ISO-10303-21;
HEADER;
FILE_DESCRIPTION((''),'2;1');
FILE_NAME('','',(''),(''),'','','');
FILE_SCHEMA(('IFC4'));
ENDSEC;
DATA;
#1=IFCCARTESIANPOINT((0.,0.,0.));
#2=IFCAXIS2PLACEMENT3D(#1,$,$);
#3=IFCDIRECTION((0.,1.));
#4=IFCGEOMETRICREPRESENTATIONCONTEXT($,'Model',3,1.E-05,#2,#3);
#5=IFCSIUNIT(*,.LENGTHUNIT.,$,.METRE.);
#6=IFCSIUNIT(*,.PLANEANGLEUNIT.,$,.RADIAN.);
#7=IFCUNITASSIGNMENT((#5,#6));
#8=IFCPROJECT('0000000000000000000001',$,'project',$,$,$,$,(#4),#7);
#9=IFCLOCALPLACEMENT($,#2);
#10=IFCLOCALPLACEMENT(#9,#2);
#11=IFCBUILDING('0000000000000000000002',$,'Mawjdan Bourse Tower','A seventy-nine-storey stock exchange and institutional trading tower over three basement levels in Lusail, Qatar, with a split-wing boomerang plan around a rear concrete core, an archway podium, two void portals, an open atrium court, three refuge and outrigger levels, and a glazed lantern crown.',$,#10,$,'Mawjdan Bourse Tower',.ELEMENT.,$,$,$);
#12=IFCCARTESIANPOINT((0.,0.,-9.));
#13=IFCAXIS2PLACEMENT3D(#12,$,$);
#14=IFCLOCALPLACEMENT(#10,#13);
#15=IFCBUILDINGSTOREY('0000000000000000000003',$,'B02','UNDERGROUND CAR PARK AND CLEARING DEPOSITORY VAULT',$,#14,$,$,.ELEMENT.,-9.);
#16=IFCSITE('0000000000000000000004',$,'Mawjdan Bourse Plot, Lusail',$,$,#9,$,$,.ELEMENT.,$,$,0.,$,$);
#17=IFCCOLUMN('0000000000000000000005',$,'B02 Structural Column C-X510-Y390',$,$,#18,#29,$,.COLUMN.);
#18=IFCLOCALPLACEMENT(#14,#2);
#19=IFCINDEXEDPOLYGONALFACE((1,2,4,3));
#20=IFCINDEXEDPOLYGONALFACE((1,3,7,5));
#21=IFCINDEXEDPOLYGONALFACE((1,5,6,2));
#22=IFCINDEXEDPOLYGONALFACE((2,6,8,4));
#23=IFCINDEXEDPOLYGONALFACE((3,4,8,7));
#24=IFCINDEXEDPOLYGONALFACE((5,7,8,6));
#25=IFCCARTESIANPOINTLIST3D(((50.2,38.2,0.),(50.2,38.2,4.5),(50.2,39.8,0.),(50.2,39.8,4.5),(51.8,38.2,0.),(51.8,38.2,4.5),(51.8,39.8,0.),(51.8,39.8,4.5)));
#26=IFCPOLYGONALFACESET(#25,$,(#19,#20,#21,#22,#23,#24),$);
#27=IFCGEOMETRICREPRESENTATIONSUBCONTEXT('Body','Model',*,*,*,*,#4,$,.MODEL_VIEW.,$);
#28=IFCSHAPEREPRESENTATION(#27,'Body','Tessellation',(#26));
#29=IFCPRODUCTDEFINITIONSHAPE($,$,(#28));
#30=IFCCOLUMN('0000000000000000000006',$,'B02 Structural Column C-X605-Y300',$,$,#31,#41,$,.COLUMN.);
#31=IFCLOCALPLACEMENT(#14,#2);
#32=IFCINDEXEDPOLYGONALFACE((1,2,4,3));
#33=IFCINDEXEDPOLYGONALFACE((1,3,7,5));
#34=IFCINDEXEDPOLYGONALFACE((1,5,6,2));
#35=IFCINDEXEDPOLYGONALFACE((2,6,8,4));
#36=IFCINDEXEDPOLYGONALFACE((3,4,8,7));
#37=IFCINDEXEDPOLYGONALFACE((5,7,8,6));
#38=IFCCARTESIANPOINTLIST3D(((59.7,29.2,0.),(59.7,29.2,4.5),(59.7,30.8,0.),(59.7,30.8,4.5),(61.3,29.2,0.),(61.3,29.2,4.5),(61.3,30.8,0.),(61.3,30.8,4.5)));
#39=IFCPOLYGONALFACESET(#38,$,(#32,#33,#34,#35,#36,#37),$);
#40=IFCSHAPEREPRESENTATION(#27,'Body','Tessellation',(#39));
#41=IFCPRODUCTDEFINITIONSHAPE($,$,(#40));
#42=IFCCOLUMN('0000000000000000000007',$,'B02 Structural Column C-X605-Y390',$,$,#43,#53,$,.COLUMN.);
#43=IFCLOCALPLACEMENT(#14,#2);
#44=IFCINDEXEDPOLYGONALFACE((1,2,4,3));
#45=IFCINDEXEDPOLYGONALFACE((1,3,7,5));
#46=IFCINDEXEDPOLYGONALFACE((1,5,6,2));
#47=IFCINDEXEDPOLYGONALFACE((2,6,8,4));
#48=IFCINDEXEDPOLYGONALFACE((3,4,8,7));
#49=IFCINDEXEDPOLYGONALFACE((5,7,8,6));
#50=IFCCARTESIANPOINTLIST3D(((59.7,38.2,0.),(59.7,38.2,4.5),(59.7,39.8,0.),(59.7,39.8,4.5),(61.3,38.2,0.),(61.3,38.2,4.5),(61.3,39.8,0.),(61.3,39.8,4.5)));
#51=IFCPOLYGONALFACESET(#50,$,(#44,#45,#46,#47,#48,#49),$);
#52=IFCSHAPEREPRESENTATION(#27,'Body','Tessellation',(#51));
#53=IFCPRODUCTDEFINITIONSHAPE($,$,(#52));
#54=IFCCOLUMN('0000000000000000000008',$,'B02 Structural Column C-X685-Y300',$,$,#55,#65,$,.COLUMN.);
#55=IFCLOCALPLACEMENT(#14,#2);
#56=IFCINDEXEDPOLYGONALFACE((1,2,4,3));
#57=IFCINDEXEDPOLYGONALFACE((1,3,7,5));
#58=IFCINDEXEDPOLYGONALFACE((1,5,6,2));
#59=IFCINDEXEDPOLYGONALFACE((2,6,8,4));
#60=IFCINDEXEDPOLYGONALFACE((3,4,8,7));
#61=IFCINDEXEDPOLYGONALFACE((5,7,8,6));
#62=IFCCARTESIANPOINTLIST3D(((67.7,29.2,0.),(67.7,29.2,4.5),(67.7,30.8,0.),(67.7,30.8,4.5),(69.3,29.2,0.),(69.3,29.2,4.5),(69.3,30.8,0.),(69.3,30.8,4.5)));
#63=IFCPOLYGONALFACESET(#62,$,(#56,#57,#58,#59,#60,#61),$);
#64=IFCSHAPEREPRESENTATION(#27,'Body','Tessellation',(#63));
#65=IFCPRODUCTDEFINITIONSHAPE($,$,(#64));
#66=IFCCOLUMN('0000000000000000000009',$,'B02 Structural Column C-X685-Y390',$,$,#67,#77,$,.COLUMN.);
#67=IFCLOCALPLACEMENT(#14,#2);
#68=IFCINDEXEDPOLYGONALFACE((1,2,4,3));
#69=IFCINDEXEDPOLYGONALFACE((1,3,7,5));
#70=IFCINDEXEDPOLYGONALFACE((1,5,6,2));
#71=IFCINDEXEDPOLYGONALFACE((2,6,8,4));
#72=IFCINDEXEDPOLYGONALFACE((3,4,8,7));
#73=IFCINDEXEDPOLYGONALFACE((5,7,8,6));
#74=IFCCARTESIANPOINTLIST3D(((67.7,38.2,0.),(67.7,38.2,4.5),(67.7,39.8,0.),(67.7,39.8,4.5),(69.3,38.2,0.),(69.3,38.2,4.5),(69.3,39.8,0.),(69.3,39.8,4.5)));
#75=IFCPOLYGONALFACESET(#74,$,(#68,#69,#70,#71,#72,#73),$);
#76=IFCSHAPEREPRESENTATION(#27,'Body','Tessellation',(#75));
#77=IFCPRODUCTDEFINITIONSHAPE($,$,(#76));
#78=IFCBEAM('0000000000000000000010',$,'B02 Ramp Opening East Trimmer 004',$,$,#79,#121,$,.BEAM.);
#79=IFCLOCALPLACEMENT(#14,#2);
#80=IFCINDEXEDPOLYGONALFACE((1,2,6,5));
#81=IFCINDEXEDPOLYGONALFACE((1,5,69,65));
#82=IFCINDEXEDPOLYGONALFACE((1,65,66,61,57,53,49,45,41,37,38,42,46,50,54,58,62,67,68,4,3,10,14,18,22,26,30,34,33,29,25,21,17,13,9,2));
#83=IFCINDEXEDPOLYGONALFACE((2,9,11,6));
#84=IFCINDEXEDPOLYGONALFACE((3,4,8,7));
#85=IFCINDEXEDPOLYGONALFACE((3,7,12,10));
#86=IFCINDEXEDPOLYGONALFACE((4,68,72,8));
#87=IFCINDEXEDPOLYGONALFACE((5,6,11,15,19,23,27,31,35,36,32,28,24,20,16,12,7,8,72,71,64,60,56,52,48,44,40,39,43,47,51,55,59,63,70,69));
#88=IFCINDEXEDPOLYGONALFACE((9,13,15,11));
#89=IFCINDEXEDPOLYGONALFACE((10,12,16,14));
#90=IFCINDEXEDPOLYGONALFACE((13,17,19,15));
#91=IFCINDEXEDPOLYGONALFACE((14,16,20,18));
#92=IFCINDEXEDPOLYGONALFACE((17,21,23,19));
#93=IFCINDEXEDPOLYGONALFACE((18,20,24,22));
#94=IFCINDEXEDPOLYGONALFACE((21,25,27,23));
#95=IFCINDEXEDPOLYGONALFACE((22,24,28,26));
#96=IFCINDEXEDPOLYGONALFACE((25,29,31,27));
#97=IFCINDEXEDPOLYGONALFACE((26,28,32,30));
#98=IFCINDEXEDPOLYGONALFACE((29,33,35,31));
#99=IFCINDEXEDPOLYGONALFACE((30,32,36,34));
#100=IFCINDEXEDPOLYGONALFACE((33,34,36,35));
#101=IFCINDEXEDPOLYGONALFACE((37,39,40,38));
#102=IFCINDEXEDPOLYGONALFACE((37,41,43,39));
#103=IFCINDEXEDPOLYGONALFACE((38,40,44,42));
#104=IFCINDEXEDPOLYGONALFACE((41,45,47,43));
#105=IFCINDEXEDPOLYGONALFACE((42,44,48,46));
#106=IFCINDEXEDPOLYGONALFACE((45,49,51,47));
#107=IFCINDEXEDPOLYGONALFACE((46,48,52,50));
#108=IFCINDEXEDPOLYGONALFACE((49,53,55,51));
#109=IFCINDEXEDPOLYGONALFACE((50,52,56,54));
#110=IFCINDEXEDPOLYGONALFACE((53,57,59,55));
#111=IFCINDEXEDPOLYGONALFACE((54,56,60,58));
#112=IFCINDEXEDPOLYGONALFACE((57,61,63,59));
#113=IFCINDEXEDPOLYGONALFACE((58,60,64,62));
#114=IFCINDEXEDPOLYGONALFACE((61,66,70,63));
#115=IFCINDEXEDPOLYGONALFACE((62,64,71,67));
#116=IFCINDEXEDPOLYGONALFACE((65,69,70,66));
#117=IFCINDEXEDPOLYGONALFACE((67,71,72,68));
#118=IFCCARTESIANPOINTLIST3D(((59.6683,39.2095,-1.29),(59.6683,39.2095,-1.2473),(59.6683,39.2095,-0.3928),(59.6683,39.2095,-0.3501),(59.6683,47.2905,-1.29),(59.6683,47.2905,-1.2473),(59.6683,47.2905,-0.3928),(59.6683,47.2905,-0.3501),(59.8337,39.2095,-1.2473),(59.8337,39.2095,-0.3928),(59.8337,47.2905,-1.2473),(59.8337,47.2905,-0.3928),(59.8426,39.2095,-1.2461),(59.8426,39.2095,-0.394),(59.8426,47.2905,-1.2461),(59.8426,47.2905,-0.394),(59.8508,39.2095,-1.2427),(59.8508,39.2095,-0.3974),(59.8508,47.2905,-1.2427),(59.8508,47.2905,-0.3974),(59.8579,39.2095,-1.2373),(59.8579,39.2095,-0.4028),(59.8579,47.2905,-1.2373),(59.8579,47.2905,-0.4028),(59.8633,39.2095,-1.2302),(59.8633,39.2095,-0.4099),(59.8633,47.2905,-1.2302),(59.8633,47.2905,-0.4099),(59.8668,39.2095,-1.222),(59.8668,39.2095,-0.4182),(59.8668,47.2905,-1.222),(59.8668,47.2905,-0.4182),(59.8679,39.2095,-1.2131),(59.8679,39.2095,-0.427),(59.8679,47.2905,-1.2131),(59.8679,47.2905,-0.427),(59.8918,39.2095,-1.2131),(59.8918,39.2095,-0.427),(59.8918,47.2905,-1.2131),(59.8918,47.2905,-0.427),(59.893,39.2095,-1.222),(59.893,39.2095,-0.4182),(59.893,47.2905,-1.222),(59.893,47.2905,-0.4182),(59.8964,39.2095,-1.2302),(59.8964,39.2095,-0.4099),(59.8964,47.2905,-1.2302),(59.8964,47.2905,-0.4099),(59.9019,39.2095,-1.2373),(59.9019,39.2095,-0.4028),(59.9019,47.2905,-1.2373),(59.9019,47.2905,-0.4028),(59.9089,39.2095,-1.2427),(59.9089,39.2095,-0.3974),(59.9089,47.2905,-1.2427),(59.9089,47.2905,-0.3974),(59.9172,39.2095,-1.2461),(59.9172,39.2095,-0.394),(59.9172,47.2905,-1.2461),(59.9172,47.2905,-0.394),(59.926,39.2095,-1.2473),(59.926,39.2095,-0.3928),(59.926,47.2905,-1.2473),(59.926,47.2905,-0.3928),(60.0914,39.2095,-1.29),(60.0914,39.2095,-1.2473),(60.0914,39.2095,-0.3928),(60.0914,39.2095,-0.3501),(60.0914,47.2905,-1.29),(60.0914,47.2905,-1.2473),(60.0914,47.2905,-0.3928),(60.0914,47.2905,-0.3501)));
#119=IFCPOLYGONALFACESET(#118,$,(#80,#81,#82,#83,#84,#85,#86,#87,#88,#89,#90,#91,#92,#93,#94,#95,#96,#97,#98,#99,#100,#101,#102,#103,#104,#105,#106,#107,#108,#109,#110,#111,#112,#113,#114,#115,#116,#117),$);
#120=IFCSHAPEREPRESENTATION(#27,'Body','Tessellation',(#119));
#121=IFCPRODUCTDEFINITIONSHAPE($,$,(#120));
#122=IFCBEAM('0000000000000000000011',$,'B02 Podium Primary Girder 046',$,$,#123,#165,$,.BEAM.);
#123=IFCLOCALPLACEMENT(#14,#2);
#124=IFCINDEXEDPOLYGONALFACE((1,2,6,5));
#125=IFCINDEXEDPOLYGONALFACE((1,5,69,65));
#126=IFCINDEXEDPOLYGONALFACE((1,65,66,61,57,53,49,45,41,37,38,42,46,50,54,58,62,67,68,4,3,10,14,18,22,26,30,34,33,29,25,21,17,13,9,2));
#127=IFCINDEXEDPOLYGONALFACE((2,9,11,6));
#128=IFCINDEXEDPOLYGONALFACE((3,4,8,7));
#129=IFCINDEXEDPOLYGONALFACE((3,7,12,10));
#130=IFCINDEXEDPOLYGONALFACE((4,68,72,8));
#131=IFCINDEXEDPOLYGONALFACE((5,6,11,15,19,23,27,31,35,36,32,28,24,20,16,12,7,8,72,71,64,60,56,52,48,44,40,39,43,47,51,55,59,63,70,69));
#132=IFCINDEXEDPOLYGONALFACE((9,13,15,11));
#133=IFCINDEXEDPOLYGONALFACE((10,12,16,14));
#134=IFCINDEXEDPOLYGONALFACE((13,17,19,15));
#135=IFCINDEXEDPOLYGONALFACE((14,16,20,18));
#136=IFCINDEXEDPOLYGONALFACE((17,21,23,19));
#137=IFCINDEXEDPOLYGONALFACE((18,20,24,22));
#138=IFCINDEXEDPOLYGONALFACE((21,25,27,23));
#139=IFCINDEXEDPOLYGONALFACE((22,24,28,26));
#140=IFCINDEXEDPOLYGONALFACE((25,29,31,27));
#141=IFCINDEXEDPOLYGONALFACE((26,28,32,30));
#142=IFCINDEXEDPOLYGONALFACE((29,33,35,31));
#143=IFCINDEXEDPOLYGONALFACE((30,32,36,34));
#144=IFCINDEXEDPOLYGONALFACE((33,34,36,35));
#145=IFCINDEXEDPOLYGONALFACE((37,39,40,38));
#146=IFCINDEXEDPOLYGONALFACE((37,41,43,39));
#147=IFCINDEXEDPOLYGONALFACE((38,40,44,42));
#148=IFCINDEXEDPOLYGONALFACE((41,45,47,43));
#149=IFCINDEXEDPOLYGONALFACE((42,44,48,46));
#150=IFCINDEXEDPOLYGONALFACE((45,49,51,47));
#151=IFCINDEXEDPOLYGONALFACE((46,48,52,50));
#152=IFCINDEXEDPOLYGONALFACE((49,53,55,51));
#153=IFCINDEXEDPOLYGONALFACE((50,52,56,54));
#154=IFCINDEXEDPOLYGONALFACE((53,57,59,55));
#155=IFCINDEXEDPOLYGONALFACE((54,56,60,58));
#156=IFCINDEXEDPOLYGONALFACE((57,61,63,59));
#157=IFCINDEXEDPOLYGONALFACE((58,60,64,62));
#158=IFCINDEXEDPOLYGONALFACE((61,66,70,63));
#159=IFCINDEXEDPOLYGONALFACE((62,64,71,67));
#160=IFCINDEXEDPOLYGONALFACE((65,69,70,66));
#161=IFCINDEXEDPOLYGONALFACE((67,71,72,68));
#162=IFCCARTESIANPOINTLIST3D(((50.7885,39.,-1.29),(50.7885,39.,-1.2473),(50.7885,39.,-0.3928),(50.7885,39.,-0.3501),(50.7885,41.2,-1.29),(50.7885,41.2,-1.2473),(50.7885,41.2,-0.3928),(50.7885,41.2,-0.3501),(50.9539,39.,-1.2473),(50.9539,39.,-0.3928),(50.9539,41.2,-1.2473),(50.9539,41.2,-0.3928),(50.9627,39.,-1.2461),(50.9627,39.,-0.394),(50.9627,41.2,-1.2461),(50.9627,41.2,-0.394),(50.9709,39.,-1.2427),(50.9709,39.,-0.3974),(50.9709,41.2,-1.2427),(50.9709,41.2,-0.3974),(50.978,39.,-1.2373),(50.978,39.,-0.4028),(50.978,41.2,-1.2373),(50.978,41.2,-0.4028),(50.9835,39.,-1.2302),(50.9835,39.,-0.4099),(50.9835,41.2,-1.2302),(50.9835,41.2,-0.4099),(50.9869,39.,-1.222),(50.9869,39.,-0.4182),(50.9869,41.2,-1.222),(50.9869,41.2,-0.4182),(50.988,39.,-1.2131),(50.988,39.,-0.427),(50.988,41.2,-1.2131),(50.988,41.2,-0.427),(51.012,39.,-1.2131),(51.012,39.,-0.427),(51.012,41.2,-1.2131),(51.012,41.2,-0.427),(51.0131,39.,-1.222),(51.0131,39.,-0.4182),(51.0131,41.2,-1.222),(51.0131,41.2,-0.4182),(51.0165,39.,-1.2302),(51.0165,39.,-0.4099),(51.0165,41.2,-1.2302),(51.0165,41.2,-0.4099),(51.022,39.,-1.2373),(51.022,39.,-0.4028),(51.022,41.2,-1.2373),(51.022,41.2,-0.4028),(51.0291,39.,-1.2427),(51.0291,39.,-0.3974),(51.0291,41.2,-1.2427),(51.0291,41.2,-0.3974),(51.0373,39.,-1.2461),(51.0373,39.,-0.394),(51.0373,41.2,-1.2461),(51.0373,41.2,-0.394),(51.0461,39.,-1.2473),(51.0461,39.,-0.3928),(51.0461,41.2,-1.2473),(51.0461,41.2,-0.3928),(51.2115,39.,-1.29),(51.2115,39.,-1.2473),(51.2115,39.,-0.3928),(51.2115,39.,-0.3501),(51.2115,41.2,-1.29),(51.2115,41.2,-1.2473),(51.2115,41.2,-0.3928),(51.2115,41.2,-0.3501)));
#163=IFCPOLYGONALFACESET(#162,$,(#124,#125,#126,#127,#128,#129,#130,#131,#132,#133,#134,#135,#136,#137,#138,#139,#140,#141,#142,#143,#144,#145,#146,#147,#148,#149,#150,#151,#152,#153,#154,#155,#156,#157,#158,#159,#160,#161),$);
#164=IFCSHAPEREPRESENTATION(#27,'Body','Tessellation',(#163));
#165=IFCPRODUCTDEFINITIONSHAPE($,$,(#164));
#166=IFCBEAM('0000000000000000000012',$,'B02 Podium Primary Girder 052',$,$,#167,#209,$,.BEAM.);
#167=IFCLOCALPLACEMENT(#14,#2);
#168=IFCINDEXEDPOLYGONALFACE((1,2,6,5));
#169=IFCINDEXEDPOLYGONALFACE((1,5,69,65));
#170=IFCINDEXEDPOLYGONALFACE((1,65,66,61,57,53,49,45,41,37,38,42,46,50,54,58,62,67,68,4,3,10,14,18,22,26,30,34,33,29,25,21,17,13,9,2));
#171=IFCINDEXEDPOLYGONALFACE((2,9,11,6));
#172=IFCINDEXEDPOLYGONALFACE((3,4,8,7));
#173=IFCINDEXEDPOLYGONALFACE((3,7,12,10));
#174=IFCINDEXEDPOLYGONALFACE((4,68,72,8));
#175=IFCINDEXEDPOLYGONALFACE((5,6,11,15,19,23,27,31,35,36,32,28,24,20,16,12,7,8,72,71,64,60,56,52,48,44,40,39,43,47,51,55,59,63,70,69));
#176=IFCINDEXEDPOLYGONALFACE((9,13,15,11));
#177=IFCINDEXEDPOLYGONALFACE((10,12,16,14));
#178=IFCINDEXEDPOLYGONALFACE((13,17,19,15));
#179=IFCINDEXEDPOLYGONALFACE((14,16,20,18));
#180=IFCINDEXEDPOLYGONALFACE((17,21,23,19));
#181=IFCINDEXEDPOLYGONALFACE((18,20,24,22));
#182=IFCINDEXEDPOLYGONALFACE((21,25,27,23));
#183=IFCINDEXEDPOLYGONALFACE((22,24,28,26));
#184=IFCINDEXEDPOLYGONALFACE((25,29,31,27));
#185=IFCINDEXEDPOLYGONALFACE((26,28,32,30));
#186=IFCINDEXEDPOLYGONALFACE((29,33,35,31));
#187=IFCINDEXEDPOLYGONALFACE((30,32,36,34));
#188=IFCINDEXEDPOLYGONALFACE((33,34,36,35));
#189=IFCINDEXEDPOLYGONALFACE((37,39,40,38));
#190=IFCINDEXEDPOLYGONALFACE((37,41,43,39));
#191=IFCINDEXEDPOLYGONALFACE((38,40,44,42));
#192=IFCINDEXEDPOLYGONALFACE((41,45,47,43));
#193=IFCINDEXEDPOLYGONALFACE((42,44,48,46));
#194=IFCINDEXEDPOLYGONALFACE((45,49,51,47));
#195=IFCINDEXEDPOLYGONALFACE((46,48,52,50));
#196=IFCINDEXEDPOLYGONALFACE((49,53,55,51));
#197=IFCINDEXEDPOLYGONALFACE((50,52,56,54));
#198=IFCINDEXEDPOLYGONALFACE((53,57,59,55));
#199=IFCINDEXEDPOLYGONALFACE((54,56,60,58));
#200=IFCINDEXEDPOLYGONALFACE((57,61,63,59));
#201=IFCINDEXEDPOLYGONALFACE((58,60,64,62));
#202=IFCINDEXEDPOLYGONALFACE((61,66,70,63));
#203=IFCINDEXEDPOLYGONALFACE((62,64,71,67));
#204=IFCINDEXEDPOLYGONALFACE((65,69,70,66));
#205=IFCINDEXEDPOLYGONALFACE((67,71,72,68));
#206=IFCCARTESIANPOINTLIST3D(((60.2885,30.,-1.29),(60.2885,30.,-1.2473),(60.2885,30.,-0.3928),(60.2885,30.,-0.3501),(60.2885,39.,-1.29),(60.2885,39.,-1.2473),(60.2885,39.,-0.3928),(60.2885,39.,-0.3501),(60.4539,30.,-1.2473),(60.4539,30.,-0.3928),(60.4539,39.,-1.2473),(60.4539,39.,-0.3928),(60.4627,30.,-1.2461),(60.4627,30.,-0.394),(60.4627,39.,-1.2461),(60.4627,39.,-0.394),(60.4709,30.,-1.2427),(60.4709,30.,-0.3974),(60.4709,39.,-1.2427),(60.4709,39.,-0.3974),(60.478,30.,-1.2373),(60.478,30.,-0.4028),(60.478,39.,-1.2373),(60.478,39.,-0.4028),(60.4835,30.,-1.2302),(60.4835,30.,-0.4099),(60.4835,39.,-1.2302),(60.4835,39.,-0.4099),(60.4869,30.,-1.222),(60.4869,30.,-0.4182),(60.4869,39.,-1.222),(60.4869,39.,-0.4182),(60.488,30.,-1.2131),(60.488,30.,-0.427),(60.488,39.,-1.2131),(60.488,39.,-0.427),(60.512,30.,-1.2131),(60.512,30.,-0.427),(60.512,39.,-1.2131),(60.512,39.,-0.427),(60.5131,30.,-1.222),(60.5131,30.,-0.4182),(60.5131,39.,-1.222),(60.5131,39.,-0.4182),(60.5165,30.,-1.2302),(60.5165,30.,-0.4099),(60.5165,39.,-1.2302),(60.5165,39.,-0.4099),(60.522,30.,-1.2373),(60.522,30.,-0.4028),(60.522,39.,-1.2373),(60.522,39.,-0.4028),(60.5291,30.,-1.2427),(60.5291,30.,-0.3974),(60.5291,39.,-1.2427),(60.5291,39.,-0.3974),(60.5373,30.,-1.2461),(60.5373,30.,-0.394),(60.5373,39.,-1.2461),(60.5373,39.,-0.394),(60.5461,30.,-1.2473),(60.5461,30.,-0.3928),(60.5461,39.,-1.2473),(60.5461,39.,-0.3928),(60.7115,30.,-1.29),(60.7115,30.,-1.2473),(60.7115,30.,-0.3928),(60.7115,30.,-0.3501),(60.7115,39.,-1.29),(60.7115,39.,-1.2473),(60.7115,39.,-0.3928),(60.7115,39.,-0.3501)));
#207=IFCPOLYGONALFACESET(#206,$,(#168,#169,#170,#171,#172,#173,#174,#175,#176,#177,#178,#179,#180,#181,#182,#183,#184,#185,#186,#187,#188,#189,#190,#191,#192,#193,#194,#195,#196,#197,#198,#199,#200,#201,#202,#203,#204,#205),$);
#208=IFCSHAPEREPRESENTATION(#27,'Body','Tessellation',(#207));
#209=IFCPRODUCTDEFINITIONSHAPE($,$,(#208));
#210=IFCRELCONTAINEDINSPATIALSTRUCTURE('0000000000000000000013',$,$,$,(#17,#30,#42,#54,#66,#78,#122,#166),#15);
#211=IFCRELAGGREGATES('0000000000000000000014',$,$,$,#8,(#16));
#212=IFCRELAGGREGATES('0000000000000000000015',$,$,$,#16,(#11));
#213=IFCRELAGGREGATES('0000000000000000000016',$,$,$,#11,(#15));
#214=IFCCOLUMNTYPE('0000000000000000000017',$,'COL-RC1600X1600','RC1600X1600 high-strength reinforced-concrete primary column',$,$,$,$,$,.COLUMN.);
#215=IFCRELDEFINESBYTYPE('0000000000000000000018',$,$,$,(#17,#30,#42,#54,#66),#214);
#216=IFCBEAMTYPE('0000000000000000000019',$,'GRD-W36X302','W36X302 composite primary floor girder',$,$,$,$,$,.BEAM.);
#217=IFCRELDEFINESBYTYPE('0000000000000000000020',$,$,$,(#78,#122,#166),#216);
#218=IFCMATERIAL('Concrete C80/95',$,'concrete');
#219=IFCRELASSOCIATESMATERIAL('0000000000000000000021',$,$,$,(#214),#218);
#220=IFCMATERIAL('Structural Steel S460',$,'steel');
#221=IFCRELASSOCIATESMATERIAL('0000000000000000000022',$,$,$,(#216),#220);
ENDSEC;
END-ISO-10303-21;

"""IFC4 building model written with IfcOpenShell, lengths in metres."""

from ifc_helpers import new_model, si_unit, direction, frame, origin, origin_2d, place, context, subcontext, project, spatial, rectangle, i_section, extrude, material, material_profile, profile_set, type_object, element, save


model = new_model("IFC4")

# Units and contexts
model_context = context("Model", 3, precision=1e-05, world=origin(), true_north=direction((0.0, 1.0)))
body_context = subcontext(model_context, "Body", "Model", "MODEL_VIEW")
ifc_project = project(units=[si_unit("LENGTHUNIT", "METRE"), si_unit("PLANEANGLEUNIT", "RADIAN")], contexts=[model_context])

# Site, building, storey
site_placement = place(None, origin())
site = spatial("IfcSite", under=ifc_project, at=site_placement, Name="Mawjdan Bourse Plot, Lusail", CompositionType="ELEMENT", RefElevation=0.0)
building_placement = place(site_placement, origin())
building = spatial("IfcBuilding", under=site, at=building_placement, Name="Mawjdan Bourse Tower", Description="A seventy-nine-storey stock exchange and institutional trading tower over three basement levels in Lusail, Qatar, with a split-wing boomerang plan around a rear concrete core, an archway podium, two void portals, an open atrium court, three refuge and outrigger levels, and a glazed lantern crown.", LongName="Mawjdan Bourse Tower", CompositionType="ELEMENT")
storey_placement = place(building_placement, frame((0.0, 0.0, -9.0)))
storey = spatial("IfcBuildingStorey", under=building, at=storey_placement, Name="B02", Description="UNDERGROUND CAR PARK AND CLEARING DEPOSITORY VAULT", CompositionType="ELEMENT", Elevation=-9.0)

# Columns
ifc_material_1 = material(Name="Concrete C80/95", Category="concrete")
ifc_material_profile_1 = material_profile(ifc_material_1, rectangle(XDim=1.6001, YDim=1.6001, at=origin_2d()), Name="RC1600X1600")
ifc_profile_set_1 = profile_set([ifc_material_profile_1], Name="Concrete C80/95")
column_type = type_object("IfcColumnType", Name="COL-RC1600X1600", Description="RC1600X1600 high-strength reinforced-concrete primary column", PredefinedType="COLUMN", material=ifc_profile_set_1)
for number, where, z_axis, x_axis, name in (
    (1, (51.0, 39.0, 0.0), (0.0, 0.0, 1.0), (1.0, 0.0, 0.0), "B02 Structural Column C-X510-Y390"),
    (2, (60.5, 30.0, 0.0), (0.0, 0.0, 1.0), (1.0, 0.0, 0.0), "B02 Structural Column C-X605-Y300"),
    (3, (60.5, 39.0, 0.0), (0.0, 0.0, 1.0), (1.0, 0.0, 0.0), "B02 Structural Column C-X605-Y390"),
    (4, (68.5, 30.0, 0.0), (0.0, 0.0, 1.0), (1.0, 0.0, 0.0), "B02 Structural Column C-X685-Y300"),
    (5, (68.5, 39.0, 0.0), (0.0, 0.0, 1.0), (1.0, 0.0, 0.0), "B02 Structural Column C-X685-Y390"),
):
    element("IfcColumn", number, at=place(storey_placement, frame(where, z_axis=z_axis, x_axis=x_axis)), inside=storey, type_object=column_type, Name=name, PredefinedType="COLUMN", context=body_context, shape_type="SweptSolid", body=[
        extrude(rectangle(XDim=1.6001, YDim=1.6001, at=origin_2d()), origin(), (0.0, 0.0, 1.0), 4.5),
    ])

# Beams
ifc_material_2 = material(Name="Structural Steel S460", Category="steel")
ifc_material_profile_2 = material_profile(ifc_material_2, i_section(OverallWidth=0.4231, OverallDepth=0.9399, WebThickness=0.0239, FlangeThickness=0.0427, FilletRadius=0.0342, at=origin_2d()), Name="W36X302")
ifc_profile_set_2 = profile_set([ifc_material_profile_2], Name="Structural Steel S460")
beam_type_1 = type_object("IfcBeamType", Name="GRD-W36X302", Description="W36X302 composite primary floor girder", PredefinedType="BEAM", material=ifc_profile_set_2)
beam_1_placement = place(storey_placement, frame((59.8799, 39.2095, -0.8201), z_axis=(0.0, 1.0, 0.0), x_axis=(-1.0, 0.0, 0.0)))
element("IfcBeam", 6, at=beam_1_placement, inside=storey, type_object=beam_type_1, Name="B02 Ramp Opening East Trimmer 004", PredefinedType="BEAM", context=body_context, shape_type="SweptSolid", body=[
    extrude(i_section(OverallWidth=0.4231, OverallDepth=0.9399, WebThickness=0.0239, FlangeThickness=0.0427, FilletRadius=0.0342, at=origin_2d()), origin(), (0.0, 0.0, 1.0), 8.0811),
])
beam_2_placement = place(storey_placement, frame((51.0, 39.0, -0.8201), z_axis=(0.0, 1.0, 0.0), x_axis=(-1.0, 0.0, 0.0)))
element("IfcBeam", 7, at=beam_2_placement, inside=storey, type_object=beam_type_1, Name="B02 Podium Primary Girder 046", PredefinedType="BEAM", context=body_context, shape_type="SweptSolid", body=[
    extrude(i_section(OverallWidth=0.4231, OverallDepth=0.9399, WebThickness=0.0239, FlangeThickness=0.0427, FilletRadius=0.0342, at=origin_2d()), origin(), (0.0, 0.0, 1.0), 2.2),
])
beam_3_placement = place(storey_placement, frame((60.5, 30.0, -0.8201), z_axis=(0.0, 1.0, 0.0), x_axis=(-1.0, 0.0, 0.0)))
element("IfcBeam", 8, at=beam_3_placement, inside=storey, type_object=beam_type_1, Name="B02 Podium Primary Girder 052", PredefinedType="BEAM", context=body_context, shape_type="SweptSolid", body=[
    extrude(i_section(OverallWidth=0.4231, OverallDepth=0.9399, WebThickness=0.0239, FlangeThickness=0.0427, FilletRadius=0.0342, at=origin_2d()), origin(), (0.0, 0.0, 1.0), 9.0),
])

save(model, "model.ifc")
